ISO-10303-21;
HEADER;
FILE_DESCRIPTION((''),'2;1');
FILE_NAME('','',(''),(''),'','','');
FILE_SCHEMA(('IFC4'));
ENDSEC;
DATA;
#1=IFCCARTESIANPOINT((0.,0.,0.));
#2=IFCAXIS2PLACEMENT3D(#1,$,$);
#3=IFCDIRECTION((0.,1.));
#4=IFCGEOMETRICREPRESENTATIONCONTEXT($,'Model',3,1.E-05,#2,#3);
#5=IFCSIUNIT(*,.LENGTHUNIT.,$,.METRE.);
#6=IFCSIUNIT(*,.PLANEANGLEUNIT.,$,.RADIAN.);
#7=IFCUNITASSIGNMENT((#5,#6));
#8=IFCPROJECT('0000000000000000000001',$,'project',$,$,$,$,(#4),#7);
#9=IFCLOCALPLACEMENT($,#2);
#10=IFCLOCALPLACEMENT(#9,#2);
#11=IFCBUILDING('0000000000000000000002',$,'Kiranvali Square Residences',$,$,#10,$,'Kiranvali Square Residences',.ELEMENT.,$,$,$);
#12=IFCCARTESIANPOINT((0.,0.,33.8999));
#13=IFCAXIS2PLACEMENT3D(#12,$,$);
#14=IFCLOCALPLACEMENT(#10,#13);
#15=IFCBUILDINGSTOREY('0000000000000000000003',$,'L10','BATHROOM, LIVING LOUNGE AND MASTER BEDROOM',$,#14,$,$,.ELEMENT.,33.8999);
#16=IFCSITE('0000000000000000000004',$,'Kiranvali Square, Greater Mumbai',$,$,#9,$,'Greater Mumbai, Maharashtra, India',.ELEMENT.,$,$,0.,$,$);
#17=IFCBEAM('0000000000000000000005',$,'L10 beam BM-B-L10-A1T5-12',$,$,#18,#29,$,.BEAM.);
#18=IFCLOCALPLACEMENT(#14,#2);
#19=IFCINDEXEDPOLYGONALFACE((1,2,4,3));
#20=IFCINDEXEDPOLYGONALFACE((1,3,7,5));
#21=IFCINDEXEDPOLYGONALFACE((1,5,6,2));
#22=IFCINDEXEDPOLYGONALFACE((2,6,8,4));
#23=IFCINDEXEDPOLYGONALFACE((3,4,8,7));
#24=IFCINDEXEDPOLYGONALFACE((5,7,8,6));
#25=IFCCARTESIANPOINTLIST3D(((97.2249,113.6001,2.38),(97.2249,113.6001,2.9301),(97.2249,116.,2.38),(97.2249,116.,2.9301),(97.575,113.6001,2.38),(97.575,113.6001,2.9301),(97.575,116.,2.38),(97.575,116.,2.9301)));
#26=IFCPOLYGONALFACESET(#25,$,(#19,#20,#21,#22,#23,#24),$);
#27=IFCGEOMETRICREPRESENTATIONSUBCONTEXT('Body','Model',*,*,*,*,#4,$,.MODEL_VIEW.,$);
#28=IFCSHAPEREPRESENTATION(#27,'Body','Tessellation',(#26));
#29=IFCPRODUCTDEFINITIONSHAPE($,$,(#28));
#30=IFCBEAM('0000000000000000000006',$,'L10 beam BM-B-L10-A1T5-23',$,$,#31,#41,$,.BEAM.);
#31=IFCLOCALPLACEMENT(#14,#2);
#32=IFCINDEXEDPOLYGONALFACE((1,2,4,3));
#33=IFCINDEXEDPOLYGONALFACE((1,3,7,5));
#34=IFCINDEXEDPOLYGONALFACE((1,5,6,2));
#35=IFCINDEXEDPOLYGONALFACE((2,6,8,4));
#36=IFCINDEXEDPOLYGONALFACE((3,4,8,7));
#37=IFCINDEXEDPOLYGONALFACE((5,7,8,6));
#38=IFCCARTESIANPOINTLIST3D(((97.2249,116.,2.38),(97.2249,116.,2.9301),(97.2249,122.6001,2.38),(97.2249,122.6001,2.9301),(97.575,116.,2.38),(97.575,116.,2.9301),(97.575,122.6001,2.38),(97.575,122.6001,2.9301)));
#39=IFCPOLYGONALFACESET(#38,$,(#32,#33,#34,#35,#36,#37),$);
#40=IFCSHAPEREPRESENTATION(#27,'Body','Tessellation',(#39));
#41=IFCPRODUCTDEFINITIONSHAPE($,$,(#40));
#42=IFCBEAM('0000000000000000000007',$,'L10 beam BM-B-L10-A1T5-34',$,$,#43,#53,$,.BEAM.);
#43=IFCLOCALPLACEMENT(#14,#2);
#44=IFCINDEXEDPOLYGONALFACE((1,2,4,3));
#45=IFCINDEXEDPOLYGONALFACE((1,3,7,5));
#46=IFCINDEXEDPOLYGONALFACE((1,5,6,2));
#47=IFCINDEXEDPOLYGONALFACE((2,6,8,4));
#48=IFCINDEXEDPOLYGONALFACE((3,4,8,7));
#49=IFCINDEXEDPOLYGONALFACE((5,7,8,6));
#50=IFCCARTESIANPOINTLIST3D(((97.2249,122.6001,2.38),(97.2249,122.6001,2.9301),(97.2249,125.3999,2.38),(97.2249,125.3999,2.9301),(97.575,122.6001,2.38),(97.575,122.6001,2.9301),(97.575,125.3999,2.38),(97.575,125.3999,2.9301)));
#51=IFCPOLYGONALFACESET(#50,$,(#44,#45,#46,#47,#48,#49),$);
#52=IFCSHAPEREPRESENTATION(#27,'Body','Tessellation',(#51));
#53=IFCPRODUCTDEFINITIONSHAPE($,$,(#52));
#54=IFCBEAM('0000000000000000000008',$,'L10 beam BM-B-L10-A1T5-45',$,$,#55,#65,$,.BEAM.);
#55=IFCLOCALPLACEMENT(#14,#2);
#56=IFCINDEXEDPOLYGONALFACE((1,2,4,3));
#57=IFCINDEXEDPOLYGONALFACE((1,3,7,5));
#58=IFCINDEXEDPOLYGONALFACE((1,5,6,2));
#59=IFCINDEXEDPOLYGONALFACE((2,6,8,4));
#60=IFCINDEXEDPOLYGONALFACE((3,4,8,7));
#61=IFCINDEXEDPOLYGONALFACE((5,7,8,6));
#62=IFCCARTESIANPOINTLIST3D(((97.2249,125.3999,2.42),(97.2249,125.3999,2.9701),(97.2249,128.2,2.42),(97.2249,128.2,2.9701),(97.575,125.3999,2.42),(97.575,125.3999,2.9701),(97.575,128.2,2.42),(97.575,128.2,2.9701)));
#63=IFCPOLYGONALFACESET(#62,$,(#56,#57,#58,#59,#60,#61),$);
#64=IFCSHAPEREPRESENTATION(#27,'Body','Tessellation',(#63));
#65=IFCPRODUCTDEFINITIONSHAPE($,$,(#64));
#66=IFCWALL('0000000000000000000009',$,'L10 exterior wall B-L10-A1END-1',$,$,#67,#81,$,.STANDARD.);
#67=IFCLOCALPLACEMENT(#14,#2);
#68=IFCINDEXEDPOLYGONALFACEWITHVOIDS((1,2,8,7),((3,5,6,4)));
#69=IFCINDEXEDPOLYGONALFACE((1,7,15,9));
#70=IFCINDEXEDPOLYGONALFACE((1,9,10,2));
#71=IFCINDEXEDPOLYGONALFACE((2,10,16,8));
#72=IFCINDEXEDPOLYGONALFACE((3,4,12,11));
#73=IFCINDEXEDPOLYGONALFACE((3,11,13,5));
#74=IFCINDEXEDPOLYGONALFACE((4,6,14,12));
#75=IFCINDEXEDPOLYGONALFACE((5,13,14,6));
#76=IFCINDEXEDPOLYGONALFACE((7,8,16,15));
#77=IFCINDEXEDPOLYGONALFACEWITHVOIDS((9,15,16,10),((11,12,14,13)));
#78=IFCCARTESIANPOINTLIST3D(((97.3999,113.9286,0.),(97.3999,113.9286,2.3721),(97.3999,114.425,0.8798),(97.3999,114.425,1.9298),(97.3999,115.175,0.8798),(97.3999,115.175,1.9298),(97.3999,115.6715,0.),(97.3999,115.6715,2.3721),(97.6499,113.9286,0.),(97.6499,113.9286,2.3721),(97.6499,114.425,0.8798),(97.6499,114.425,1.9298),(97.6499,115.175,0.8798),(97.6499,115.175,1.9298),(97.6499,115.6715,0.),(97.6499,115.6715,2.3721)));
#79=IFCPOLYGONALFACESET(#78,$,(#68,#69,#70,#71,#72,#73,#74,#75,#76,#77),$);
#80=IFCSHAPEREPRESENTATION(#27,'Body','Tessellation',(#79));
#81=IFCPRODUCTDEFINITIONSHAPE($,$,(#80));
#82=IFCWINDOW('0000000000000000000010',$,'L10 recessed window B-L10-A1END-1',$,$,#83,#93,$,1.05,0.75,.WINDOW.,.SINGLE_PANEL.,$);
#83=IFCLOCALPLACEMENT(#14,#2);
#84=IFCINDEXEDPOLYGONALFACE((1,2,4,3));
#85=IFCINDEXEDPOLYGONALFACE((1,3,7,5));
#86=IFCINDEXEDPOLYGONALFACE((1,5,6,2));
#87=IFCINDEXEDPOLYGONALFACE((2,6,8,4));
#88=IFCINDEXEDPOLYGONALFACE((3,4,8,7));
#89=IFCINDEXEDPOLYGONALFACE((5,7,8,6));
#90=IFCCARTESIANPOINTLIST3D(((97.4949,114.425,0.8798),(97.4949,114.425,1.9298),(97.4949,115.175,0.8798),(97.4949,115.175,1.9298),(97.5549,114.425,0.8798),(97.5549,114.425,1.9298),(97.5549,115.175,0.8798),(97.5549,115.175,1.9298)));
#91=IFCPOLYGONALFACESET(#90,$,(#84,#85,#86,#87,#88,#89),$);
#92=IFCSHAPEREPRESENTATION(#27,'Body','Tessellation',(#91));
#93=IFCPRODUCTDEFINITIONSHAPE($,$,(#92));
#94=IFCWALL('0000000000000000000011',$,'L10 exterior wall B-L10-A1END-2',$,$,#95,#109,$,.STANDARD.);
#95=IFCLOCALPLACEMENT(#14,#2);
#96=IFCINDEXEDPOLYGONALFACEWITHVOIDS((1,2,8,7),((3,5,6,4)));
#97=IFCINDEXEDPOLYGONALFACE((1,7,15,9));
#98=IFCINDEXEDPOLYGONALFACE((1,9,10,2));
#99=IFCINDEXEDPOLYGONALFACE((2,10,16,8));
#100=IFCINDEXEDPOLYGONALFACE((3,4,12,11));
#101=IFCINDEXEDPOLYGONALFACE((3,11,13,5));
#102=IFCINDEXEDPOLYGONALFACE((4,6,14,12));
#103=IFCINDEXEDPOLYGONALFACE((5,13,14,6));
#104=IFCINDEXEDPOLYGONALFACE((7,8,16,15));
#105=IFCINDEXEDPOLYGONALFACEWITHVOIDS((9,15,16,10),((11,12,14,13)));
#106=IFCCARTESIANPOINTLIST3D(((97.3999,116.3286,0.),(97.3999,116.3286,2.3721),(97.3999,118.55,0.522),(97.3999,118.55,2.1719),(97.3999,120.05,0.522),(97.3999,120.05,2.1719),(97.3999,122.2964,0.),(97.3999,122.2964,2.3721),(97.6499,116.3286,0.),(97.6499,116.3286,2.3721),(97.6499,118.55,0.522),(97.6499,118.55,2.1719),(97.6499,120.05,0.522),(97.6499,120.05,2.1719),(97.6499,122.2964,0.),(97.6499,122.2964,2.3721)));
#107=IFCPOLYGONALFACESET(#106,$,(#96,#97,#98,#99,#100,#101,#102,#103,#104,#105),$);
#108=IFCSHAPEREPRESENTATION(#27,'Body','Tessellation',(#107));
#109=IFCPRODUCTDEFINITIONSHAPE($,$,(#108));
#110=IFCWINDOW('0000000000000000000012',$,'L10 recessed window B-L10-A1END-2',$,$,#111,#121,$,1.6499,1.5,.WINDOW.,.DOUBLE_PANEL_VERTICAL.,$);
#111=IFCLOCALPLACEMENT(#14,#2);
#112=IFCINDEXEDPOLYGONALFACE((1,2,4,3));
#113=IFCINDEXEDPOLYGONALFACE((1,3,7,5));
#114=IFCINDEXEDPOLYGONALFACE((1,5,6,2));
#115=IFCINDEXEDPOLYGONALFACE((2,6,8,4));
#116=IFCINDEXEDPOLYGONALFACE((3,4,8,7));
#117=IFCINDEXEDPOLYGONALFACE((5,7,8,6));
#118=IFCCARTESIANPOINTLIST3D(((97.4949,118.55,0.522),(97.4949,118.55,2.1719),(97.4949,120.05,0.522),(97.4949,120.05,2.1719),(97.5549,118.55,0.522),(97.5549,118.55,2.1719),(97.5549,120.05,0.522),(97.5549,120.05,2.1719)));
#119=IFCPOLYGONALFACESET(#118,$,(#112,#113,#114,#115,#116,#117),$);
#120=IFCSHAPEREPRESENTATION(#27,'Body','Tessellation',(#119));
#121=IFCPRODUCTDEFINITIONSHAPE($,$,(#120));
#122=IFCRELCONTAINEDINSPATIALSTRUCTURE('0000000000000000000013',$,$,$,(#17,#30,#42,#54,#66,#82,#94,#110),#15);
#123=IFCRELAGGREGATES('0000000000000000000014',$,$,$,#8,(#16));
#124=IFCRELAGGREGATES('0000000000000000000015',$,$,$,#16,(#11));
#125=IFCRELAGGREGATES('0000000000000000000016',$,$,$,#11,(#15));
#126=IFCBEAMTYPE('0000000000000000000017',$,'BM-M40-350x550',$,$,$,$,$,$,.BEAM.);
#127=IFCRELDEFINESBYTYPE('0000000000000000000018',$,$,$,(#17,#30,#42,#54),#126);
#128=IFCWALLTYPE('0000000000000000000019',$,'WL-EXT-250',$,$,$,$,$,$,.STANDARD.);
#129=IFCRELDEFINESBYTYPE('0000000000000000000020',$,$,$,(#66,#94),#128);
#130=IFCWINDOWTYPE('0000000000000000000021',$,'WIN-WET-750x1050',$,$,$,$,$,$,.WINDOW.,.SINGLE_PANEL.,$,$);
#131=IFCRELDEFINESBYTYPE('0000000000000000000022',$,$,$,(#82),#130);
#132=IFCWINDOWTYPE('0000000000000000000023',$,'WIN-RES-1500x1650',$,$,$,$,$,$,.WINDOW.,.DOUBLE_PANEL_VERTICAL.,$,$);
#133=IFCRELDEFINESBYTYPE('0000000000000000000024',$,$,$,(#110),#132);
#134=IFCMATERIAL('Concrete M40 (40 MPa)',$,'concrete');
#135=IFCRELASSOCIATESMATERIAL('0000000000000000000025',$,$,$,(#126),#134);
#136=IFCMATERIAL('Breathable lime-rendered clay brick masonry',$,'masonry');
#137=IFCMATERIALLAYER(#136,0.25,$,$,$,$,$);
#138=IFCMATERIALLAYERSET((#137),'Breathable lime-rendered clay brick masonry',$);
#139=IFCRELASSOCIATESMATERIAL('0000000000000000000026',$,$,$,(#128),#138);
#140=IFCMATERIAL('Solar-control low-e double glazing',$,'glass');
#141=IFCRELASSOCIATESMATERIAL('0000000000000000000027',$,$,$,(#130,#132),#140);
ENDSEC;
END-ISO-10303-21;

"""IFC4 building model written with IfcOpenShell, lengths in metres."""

from ifc_helpers import new_model, si_unit, direction, frame, frame_2d, origin, origin_2d, place, context, subcontext, project, spatial, rectangle, extrude, material, layer, layer_set, material_profile, profile_set, type_object, element, fill, save


model = new_model("IFC4")

# Units and contexts
model_context = context("Model", 3, precision=1e-05, world=origin(), true_north=direction((0.0, 1.0)))
body_context = subcontext(model_context, "Body", "Model", "MODEL_VIEW")
ifc_project = project(units=[si_unit("LENGTHUNIT", "METRE"), si_unit("PLANEANGLEUNIT", "RADIAN")], contexts=[model_context])

# Site, building, storey
site_placement = place(None, origin())
site = spatial("IfcSite", under=ifc_project, at=site_placement, Name="Kiranvali Square, Greater Mumbai", LongName="Greater Mumbai, Maharashtra, India", CompositionType="ELEMENT", RefElevation=0.0)
building_placement = place(site_placement, origin())
building = spatial("IfcBuilding", under=site, at=building_placement, Name="Kiranvali Square Residences", LongName="Kiranvali Square Residences", CompositionType="ELEMENT")
storey_placement = place(building_placement, frame((0.0, 0.0, 33.8999)))
storey = spatial("IfcBuildingStorey", under=building, at=storey_placement, Name="L10", Description="BATHROOM, LIVING LOUNGE AND MASTER BEDROOM", CompositionType="ELEMENT", Elevation=33.8999)

# Shared definitions
ifc_material_1 = material(Name="Concrete M40 (40 MPa)", Category="concrete")

# Beams
ifc_material_profile_1 = material_profile(ifc_material_1, rectangle(XDim=0.3501, YDim=0.55, at=origin_2d()), Name="RC 350x550")
ifc_profile_set_1 = profile_set([ifc_material_profile_1], Name="Concrete M40 (40 MPa)")
beam_type = type_object("IfcBeamType", Name="BM-M40-350x550", PredefinedType="BEAM", material=ifc_profile_set_1)
beam_1_placement = place(storey_placement, frame((97.3999, 113.6001, 2.655), z_axis=(0.0, 1.0, 0.0), x_axis=(-1.0, 0.0, 0.0)))
element("IfcBeam", 1, at=beam_1_placement, inside=storey, type_object=beam_type, Name="L10 beam BM-B-L10-A1T5-12", PredefinedType="BEAM", context=body_context, shape_type="SweptSolid", body=[
    extrude(rectangle(XDim=0.3501, YDim=0.55, at=origin_2d()), origin(), (0.0, 0.0, 1.0), 2.3999),
])
beam_2_placement = place(storey_placement, frame((97.3999, 116.0, 2.655), z_axis=(0.0, 1.0, 0.0), x_axis=(-1.0, 0.0, 0.0)))
element("IfcBeam", 2, at=beam_2_placement, inside=storey, type_object=beam_type, Name="L10 beam BM-B-L10-A1T5-23", PredefinedType="BEAM", context=body_context, shape_type="SweptSolid", body=[
    extrude(rectangle(XDim=0.3501, YDim=0.55, at=origin_2d()), origin(), (0.0, 0.0, 1.0), 6.6001),
])
beam_3_placement = place(storey_placement, frame((97.3999, 122.6001, 2.655), z_axis=(0.0, 1.0, 0.0), x_axis=(-1.0, 0.0, 0.0)))
element("IfcBeam", 3, at=beam_3_placement, inside=storey, type_object=beam_type, Name="L10 beam BM-B-L10-A1T5-34", PredefinedType="BEAM", context=body_context, shape_type="SweptSolid", body=[
    extrude(rectangle(XDim=0.3501, YDim=0.55, at=origin_2d()), origin(), (0.0, 0.0, 1.0), 2.7998),
])
beam_4_placement = place(storey_placement, frame((97.3999, 125.3999, 2.6951), z_axis=(0.0, 1.0, 0.0), x_axis=(-1.0, 0.0, 0.0)))
element("IfcBeam", 4, at=beam_4_placement, inside=storey, type_object=beam_type, Name="L10 beam BM-B-L10-A1T5-45", PredefinedType="BEAM", context=body_context, shape_type="SweptSolid", body=[
    extrude(rectangle(XDim=0.3501, YDim=0.55, at=origin_2d()), origin(), (0.0, 0.0, 1.0), 2.8),
])

# Walls, openings, windows
ifc_material_2 = material(Name="Breathable lime-rendered clay brick masonry", Category="masonry")
ifc_layer = layer(ifc_material_2, 0.25)
ifc_layer_set = layer_set([ifc_layer], Name="Breathable lime-rendered clay brick masonry")
wall_type = type_object("IfcWallType", Name="WL-EXT-250", PredefinedType="STANDARD", material=ifc_layer_set)
wall_1_placement = place(storey_placement, frame((97.5249, 113.9285, 0.0), z_axis=(0.0, 0.0, 1.0), x_axis=(0.0, 1.0, 0.0)))
wall_1 = element("IfcWall", 5, at=wall_1_placement, inside=storey, type_object=wall_type, Name="L10 exterior wall B-L10-A1END-1", PredefinedType="STANDARD", context=body_context, shape_type="SweptSolid", body=[
    extrude(rectangle(XDim=1.7429, YDim=0.25, at=frame_2d((0.8716, 0.0))), origin(), (0.0, 0.0, 1.0), 2.3721),
])
opening_1_placement = place(wall_1_placement, frame((0.4966, 0.0, 0.8799)))
opening_1 = element("IfcOpeningElement", 6, at=opening_1_placement, cuts=wall_1, PredefinedType="OPENING", context=body_context, shape_type="SweptSolid", body=[
    extrude(rectangle(XDim=0.75, YDim=1.05, at=frame_2d((0.375, 0.5249))), frame((0.0, 0.135, 0.0), z_axis=(0.0, -1.0, 0.0), x_axis=(1.0, 0.0, 0.0)), (0.0, 0.0, 1.0), 0.27),
])
ifc_material_3 = material(Name="Solar-control low-e double glazing", Category="glass")
window_type_1 = type_object("IfcWindowType", Name="WIN-WET-750x1050", PartitioningType="SINGLE_PANEL", PredefinedType="WINDOW", material=ifc_material_3)
window_1_placement = place(opening_1_placement, origin())
window_1 = element("IfcWindow", 7, at=window_1_placement, inside=storey, type_object=window_type_1, Name="L10 recessed window B-L10-A1END-1", OverallHeight=1.05, OverallWidth=0.75, PartitioningType="SINGLE_PANEL", PredefinedType="WINDOW", context=body_context, shape_type="SweptSolid", body=[
    extrude(rectangle(XDim=0.75, YDim=1.05, at=frame_2d((0.375, 0.5249))), frame((0.0, 0.03, 0.0), z_axis=(0.0, -1.0, 0.0), x_axis=(1.0, 0.0, 0.0)), (0.0, 0.0, 1.0), 0.0601),
])
fill(opening_1, window_1)
wall_2_placement = place(storey_placement, frame((97.5249, 116.3286, 0.0), z_axis=(0.0, 0.0, 1.0), x_axis=(0.0, 1.0, 0.0)))
wall_2 = element("IfcWall", 8, at=wall_2_placement, inside=storey, type_object=wall_type, Name="L10 exterior wall B-L10-A1END-2", PredefinedType="STANDARD", context=body_context, shape_type="SweptSolid", body=[
    extrude(rectangle(XDim=5.9678, YDim=0.25, at=frame_2d((2.9839, 0.0))), origin(), (0.0, 0.0, 1.0), 2.3721),
])
opening_2_placement = place(wall_2_placement, frame((2.2214, 0.0, 0.522)))
opening_2 = element("IfcOpeningElement", 9, at=opening_2_placement, cuts=wall_2, PredefinedType="OPENING", context=body_context, shape_type="SweptSolid", body=[
    extrude(rectangle(XDim=1.5, YDim=1.6499, at=frame_2d((0.75, 0.825))), frame((0.0, 0.135, 0.0), z_axis=(0.0, -1.0, 0.0), x_axis=(1.0, 0.0, 0.0)), (0.0, 0.0, 1.0), 0.27),
])
window_type_2 = type_object("IfcWindowType", Name="WIN-RES-1500x1650", PartitioningType="DOUBLE_PANEL_VERTICAL", PredefinedType="WINDOW", material=ifc_material_3)
window_2_placement = place(opening_2_placement, origin())
window_2 = element("IfcWindow", 10, at=window_2_placement, inside=storey, type_object=window_type_2, Name="L10 recessed window B-L10-A1END-2", OverallHeight=1.6499, OverallWidth=1.5, PartitioningType="DOUBLE_PANEL_VERTICAL", PredefinedType="WINDOW", context=body_context, shape_type="SweptSolid", body=[
    extrude(rectangle(XDim=1.5, YDim=1.6499, at=frame_2d((0.75, 0.825))), frame((0.0, 0.03, 0.0), z_axis=(0.0, -1.0, 0.0), x_axis=(1.0, 0.0, 0.0)), (0.0, 0.0, 1.0), 0.0601),
])
fill(opening_2, window_2)

save(model, "model.ifc")
